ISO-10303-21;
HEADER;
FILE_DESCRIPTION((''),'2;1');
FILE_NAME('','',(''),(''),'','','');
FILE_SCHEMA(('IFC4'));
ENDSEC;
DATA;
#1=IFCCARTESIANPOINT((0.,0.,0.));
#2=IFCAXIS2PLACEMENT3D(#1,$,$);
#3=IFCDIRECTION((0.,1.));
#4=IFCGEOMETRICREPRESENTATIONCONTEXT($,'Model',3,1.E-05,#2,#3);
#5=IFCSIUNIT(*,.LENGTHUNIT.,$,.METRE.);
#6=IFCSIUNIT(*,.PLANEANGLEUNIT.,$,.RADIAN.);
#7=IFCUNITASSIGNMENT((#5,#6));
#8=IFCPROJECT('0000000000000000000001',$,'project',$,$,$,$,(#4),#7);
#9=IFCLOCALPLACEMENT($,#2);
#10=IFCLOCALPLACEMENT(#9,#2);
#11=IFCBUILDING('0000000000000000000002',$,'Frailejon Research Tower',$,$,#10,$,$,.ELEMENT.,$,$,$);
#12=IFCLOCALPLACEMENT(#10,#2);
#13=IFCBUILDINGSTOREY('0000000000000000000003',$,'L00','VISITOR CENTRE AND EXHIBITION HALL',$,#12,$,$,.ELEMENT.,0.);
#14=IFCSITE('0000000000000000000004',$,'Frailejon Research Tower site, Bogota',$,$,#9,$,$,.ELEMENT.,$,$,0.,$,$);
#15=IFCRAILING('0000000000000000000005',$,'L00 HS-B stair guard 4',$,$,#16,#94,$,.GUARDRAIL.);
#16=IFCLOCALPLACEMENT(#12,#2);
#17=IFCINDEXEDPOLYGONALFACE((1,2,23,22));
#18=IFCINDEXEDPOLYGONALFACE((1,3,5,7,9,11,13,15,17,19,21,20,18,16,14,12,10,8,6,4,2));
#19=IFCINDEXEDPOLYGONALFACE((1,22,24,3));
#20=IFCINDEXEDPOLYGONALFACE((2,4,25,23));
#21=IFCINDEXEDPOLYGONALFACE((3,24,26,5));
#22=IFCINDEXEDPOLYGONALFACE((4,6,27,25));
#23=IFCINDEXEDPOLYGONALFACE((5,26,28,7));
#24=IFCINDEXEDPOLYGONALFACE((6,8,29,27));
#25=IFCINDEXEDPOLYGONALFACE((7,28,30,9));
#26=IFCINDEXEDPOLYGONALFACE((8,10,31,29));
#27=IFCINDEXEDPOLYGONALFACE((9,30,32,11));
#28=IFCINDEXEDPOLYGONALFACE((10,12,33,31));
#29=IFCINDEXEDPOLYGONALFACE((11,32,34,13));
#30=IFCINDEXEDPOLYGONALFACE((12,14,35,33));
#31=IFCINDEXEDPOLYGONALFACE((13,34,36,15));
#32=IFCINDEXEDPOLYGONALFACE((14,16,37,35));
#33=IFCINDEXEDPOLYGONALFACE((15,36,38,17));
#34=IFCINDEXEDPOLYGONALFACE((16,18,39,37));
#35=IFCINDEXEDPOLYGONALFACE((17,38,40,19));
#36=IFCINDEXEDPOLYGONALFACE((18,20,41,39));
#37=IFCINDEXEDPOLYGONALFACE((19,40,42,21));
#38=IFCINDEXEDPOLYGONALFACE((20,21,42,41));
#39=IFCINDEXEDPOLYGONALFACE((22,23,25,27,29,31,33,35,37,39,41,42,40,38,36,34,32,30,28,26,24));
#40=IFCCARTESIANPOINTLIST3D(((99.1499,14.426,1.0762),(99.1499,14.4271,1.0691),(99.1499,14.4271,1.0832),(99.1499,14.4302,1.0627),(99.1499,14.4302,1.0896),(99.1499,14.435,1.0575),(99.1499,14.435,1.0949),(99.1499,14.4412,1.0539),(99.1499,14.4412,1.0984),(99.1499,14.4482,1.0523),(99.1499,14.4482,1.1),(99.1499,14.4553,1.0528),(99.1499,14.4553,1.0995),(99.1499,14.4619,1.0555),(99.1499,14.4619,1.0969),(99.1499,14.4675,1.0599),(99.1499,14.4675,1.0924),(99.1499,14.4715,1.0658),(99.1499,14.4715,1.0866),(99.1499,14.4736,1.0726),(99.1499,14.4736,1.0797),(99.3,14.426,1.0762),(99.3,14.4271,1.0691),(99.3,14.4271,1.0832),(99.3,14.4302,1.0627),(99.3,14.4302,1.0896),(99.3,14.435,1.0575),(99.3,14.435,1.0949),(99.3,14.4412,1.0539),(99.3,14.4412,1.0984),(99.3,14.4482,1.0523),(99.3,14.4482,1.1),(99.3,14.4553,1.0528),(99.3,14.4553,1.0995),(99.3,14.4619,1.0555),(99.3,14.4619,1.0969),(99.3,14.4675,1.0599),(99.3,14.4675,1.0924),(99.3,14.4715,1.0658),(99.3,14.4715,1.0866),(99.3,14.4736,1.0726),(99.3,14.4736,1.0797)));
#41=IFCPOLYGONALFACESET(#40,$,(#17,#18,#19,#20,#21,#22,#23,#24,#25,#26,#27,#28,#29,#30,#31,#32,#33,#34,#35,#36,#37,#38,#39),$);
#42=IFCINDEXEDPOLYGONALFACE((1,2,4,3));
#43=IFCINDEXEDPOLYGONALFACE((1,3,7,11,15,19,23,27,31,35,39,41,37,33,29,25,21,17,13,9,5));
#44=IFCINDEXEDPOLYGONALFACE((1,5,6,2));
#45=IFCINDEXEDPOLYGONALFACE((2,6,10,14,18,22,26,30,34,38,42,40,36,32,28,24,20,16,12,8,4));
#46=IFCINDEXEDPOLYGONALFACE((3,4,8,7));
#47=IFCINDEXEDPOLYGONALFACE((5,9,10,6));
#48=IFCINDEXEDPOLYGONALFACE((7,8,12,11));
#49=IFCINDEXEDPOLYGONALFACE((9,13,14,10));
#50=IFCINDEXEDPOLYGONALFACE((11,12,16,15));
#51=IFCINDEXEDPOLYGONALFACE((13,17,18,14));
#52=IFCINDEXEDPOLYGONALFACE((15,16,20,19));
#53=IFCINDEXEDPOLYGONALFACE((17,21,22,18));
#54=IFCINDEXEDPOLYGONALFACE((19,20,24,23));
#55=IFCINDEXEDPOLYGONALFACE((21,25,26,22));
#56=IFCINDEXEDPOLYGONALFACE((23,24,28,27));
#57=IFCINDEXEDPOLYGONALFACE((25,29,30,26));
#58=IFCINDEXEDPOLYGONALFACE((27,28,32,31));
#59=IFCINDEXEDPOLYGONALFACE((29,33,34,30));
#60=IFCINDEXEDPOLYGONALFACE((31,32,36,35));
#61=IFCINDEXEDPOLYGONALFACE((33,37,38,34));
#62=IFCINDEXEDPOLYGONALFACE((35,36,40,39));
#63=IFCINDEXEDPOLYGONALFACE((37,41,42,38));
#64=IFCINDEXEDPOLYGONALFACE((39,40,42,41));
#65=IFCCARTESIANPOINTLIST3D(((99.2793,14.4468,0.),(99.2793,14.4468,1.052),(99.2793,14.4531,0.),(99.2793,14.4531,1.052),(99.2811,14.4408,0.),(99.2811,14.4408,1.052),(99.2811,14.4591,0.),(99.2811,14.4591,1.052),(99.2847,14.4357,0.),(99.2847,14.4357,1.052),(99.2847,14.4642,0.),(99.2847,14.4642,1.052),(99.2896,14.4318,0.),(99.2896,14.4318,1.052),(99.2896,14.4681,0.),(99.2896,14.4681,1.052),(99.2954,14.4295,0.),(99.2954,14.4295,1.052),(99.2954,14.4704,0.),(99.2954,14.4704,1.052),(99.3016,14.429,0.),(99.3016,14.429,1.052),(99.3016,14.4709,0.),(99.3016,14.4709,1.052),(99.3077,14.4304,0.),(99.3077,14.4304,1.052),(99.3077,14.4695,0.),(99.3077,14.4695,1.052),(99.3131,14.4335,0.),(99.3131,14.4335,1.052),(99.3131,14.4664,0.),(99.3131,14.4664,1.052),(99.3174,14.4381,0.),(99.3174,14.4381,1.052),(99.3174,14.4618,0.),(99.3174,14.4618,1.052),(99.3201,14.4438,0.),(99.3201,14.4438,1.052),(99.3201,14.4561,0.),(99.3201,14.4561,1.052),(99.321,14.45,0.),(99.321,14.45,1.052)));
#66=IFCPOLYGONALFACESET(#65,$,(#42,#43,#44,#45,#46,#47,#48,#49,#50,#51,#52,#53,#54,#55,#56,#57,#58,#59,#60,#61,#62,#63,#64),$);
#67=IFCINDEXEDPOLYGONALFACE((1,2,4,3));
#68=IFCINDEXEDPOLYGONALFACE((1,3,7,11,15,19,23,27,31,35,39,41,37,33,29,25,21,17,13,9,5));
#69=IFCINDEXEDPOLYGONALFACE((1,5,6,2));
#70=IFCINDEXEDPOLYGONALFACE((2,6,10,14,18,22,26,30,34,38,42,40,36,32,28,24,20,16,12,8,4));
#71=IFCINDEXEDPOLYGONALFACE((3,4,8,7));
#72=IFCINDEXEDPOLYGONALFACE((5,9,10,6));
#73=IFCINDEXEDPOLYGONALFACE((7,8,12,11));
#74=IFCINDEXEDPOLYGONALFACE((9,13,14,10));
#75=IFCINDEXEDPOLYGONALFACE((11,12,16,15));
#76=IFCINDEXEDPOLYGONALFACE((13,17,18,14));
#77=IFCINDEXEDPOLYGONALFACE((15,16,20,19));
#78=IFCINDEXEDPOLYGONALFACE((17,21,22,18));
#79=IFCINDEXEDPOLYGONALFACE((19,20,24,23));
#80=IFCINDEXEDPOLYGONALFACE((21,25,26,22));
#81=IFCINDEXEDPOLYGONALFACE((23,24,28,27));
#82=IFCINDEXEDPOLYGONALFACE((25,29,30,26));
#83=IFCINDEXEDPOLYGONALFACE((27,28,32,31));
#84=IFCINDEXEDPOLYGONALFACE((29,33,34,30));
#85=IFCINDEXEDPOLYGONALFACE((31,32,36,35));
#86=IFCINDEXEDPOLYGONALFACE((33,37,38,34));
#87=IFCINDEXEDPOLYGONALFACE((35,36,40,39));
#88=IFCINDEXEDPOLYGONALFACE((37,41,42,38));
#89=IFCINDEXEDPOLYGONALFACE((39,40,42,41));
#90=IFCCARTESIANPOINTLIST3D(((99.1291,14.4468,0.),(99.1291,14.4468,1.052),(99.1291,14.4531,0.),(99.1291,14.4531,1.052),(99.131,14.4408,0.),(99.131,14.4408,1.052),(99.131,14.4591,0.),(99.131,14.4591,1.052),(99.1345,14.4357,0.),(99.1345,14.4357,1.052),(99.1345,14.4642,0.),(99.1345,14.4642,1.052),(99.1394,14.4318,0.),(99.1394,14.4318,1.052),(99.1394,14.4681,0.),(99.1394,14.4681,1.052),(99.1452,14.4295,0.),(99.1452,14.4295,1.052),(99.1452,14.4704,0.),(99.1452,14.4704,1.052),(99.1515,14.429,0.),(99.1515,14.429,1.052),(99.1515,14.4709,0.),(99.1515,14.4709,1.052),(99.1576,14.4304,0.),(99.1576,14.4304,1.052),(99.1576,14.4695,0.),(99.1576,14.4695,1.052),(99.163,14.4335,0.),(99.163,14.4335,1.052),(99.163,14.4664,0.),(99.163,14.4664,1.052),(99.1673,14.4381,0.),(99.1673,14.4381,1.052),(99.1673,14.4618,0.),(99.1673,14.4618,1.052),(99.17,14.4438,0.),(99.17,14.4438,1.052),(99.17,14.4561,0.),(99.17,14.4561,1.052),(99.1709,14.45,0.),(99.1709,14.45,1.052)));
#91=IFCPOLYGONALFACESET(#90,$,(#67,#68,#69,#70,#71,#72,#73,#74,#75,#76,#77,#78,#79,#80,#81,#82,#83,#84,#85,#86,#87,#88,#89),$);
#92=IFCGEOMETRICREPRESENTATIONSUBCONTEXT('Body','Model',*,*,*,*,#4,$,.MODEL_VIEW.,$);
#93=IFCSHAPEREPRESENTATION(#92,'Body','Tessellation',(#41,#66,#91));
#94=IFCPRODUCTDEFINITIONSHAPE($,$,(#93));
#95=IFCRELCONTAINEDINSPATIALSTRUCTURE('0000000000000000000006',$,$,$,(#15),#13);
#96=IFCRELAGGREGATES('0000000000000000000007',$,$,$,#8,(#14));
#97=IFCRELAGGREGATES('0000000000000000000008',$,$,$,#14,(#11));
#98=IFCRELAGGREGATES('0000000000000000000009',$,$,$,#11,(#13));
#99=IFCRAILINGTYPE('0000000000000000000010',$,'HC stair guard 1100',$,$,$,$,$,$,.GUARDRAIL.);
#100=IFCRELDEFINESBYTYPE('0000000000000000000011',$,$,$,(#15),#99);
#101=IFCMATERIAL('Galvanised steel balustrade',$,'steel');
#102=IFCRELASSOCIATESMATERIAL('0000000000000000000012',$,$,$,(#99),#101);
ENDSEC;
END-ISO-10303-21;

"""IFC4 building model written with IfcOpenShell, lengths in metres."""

from ifc_helpers import new_model, si_unit, direction, frame, origin, origin_2d, place, context, subcontext, project, spatial, circle, extrude, material, type_object, element, save


model = new_model("IFC4")

# Units and contexts
model_context = context("Model", 3, precision=1e-05, world=origin(), true_north=direction((0.0, 1.0)))
body_context = subcontext(model_context, "Body", "Model", "MODEL_VIEW")
ifc_project = project(units=[si_unit("LENGTHUNIT", "METRE"), si_unit("PLANEANGLEUNIT", "RADIAN")], contexts=[model_context])

# Site, building, storey
site_placement = place(None, origin())
site = spatial("IfcSite", under=ifc_project, at=site_placement, Name="Frailejon Research Tower site, Bogota", CompositionType="ELEMENT", RefElevation=0.0)
building_placement = place(site_placement, origin())
building = spatial("IfcBuilding", under=site, at=building_placement, Name="Frailejon Research Tower", CompositionType="ELEMENT")
storey_placement = place(building_placement, origin())
storey = spatial("IfcBuildingStorey", under=building, at=storey_placement, Name="L00", Description="VISITOR CENTRE AND EXHIBITION HALL", CompositionType="ELEMENT", Elevation=0.0)

# Railing
ifc_material_1 = material(Name="Galvanised steel balustrade", Category="steel")
railing_type_1 = type_object("IfcRailingType", Name="HC stair guard 1100", PredefinedType="GUARDRAIL", material=ifc_material_1)
railing_1_placement = place(storey_placement, frame((99.3, 14.45, 0.0)))
element("IfcRailing", 1, at=railing_1_placement, inside=storey, type_object=railing_type_1, Name="L00 HS-B stair guard 4", PredefinedType="GUARDRAIL", context=body_context, shape_type="SweptSolid", body=[
    extrude(circle(Radius=0.0239, at=origin_2d()), frame((0.0, 0.0, 1.0762), z_axis=(-1.0, 0.0, 0.0), x_axis=(0.0, -1.0, 0.0)), (0.0, 0.0, 1.0), 0.1501),
    extrude(circle(Radius=0.021, at=origin_2d()), origin(), (0.0, 0.0, 1.0), 1.052),
    extrude(circle(Radius=0.021, at=origin_2d()), frame((-0.1501, 0.0, 0.0)), (0.0, 0.0, 1.0), 1.052),
])

save(model, "model.ifc")
